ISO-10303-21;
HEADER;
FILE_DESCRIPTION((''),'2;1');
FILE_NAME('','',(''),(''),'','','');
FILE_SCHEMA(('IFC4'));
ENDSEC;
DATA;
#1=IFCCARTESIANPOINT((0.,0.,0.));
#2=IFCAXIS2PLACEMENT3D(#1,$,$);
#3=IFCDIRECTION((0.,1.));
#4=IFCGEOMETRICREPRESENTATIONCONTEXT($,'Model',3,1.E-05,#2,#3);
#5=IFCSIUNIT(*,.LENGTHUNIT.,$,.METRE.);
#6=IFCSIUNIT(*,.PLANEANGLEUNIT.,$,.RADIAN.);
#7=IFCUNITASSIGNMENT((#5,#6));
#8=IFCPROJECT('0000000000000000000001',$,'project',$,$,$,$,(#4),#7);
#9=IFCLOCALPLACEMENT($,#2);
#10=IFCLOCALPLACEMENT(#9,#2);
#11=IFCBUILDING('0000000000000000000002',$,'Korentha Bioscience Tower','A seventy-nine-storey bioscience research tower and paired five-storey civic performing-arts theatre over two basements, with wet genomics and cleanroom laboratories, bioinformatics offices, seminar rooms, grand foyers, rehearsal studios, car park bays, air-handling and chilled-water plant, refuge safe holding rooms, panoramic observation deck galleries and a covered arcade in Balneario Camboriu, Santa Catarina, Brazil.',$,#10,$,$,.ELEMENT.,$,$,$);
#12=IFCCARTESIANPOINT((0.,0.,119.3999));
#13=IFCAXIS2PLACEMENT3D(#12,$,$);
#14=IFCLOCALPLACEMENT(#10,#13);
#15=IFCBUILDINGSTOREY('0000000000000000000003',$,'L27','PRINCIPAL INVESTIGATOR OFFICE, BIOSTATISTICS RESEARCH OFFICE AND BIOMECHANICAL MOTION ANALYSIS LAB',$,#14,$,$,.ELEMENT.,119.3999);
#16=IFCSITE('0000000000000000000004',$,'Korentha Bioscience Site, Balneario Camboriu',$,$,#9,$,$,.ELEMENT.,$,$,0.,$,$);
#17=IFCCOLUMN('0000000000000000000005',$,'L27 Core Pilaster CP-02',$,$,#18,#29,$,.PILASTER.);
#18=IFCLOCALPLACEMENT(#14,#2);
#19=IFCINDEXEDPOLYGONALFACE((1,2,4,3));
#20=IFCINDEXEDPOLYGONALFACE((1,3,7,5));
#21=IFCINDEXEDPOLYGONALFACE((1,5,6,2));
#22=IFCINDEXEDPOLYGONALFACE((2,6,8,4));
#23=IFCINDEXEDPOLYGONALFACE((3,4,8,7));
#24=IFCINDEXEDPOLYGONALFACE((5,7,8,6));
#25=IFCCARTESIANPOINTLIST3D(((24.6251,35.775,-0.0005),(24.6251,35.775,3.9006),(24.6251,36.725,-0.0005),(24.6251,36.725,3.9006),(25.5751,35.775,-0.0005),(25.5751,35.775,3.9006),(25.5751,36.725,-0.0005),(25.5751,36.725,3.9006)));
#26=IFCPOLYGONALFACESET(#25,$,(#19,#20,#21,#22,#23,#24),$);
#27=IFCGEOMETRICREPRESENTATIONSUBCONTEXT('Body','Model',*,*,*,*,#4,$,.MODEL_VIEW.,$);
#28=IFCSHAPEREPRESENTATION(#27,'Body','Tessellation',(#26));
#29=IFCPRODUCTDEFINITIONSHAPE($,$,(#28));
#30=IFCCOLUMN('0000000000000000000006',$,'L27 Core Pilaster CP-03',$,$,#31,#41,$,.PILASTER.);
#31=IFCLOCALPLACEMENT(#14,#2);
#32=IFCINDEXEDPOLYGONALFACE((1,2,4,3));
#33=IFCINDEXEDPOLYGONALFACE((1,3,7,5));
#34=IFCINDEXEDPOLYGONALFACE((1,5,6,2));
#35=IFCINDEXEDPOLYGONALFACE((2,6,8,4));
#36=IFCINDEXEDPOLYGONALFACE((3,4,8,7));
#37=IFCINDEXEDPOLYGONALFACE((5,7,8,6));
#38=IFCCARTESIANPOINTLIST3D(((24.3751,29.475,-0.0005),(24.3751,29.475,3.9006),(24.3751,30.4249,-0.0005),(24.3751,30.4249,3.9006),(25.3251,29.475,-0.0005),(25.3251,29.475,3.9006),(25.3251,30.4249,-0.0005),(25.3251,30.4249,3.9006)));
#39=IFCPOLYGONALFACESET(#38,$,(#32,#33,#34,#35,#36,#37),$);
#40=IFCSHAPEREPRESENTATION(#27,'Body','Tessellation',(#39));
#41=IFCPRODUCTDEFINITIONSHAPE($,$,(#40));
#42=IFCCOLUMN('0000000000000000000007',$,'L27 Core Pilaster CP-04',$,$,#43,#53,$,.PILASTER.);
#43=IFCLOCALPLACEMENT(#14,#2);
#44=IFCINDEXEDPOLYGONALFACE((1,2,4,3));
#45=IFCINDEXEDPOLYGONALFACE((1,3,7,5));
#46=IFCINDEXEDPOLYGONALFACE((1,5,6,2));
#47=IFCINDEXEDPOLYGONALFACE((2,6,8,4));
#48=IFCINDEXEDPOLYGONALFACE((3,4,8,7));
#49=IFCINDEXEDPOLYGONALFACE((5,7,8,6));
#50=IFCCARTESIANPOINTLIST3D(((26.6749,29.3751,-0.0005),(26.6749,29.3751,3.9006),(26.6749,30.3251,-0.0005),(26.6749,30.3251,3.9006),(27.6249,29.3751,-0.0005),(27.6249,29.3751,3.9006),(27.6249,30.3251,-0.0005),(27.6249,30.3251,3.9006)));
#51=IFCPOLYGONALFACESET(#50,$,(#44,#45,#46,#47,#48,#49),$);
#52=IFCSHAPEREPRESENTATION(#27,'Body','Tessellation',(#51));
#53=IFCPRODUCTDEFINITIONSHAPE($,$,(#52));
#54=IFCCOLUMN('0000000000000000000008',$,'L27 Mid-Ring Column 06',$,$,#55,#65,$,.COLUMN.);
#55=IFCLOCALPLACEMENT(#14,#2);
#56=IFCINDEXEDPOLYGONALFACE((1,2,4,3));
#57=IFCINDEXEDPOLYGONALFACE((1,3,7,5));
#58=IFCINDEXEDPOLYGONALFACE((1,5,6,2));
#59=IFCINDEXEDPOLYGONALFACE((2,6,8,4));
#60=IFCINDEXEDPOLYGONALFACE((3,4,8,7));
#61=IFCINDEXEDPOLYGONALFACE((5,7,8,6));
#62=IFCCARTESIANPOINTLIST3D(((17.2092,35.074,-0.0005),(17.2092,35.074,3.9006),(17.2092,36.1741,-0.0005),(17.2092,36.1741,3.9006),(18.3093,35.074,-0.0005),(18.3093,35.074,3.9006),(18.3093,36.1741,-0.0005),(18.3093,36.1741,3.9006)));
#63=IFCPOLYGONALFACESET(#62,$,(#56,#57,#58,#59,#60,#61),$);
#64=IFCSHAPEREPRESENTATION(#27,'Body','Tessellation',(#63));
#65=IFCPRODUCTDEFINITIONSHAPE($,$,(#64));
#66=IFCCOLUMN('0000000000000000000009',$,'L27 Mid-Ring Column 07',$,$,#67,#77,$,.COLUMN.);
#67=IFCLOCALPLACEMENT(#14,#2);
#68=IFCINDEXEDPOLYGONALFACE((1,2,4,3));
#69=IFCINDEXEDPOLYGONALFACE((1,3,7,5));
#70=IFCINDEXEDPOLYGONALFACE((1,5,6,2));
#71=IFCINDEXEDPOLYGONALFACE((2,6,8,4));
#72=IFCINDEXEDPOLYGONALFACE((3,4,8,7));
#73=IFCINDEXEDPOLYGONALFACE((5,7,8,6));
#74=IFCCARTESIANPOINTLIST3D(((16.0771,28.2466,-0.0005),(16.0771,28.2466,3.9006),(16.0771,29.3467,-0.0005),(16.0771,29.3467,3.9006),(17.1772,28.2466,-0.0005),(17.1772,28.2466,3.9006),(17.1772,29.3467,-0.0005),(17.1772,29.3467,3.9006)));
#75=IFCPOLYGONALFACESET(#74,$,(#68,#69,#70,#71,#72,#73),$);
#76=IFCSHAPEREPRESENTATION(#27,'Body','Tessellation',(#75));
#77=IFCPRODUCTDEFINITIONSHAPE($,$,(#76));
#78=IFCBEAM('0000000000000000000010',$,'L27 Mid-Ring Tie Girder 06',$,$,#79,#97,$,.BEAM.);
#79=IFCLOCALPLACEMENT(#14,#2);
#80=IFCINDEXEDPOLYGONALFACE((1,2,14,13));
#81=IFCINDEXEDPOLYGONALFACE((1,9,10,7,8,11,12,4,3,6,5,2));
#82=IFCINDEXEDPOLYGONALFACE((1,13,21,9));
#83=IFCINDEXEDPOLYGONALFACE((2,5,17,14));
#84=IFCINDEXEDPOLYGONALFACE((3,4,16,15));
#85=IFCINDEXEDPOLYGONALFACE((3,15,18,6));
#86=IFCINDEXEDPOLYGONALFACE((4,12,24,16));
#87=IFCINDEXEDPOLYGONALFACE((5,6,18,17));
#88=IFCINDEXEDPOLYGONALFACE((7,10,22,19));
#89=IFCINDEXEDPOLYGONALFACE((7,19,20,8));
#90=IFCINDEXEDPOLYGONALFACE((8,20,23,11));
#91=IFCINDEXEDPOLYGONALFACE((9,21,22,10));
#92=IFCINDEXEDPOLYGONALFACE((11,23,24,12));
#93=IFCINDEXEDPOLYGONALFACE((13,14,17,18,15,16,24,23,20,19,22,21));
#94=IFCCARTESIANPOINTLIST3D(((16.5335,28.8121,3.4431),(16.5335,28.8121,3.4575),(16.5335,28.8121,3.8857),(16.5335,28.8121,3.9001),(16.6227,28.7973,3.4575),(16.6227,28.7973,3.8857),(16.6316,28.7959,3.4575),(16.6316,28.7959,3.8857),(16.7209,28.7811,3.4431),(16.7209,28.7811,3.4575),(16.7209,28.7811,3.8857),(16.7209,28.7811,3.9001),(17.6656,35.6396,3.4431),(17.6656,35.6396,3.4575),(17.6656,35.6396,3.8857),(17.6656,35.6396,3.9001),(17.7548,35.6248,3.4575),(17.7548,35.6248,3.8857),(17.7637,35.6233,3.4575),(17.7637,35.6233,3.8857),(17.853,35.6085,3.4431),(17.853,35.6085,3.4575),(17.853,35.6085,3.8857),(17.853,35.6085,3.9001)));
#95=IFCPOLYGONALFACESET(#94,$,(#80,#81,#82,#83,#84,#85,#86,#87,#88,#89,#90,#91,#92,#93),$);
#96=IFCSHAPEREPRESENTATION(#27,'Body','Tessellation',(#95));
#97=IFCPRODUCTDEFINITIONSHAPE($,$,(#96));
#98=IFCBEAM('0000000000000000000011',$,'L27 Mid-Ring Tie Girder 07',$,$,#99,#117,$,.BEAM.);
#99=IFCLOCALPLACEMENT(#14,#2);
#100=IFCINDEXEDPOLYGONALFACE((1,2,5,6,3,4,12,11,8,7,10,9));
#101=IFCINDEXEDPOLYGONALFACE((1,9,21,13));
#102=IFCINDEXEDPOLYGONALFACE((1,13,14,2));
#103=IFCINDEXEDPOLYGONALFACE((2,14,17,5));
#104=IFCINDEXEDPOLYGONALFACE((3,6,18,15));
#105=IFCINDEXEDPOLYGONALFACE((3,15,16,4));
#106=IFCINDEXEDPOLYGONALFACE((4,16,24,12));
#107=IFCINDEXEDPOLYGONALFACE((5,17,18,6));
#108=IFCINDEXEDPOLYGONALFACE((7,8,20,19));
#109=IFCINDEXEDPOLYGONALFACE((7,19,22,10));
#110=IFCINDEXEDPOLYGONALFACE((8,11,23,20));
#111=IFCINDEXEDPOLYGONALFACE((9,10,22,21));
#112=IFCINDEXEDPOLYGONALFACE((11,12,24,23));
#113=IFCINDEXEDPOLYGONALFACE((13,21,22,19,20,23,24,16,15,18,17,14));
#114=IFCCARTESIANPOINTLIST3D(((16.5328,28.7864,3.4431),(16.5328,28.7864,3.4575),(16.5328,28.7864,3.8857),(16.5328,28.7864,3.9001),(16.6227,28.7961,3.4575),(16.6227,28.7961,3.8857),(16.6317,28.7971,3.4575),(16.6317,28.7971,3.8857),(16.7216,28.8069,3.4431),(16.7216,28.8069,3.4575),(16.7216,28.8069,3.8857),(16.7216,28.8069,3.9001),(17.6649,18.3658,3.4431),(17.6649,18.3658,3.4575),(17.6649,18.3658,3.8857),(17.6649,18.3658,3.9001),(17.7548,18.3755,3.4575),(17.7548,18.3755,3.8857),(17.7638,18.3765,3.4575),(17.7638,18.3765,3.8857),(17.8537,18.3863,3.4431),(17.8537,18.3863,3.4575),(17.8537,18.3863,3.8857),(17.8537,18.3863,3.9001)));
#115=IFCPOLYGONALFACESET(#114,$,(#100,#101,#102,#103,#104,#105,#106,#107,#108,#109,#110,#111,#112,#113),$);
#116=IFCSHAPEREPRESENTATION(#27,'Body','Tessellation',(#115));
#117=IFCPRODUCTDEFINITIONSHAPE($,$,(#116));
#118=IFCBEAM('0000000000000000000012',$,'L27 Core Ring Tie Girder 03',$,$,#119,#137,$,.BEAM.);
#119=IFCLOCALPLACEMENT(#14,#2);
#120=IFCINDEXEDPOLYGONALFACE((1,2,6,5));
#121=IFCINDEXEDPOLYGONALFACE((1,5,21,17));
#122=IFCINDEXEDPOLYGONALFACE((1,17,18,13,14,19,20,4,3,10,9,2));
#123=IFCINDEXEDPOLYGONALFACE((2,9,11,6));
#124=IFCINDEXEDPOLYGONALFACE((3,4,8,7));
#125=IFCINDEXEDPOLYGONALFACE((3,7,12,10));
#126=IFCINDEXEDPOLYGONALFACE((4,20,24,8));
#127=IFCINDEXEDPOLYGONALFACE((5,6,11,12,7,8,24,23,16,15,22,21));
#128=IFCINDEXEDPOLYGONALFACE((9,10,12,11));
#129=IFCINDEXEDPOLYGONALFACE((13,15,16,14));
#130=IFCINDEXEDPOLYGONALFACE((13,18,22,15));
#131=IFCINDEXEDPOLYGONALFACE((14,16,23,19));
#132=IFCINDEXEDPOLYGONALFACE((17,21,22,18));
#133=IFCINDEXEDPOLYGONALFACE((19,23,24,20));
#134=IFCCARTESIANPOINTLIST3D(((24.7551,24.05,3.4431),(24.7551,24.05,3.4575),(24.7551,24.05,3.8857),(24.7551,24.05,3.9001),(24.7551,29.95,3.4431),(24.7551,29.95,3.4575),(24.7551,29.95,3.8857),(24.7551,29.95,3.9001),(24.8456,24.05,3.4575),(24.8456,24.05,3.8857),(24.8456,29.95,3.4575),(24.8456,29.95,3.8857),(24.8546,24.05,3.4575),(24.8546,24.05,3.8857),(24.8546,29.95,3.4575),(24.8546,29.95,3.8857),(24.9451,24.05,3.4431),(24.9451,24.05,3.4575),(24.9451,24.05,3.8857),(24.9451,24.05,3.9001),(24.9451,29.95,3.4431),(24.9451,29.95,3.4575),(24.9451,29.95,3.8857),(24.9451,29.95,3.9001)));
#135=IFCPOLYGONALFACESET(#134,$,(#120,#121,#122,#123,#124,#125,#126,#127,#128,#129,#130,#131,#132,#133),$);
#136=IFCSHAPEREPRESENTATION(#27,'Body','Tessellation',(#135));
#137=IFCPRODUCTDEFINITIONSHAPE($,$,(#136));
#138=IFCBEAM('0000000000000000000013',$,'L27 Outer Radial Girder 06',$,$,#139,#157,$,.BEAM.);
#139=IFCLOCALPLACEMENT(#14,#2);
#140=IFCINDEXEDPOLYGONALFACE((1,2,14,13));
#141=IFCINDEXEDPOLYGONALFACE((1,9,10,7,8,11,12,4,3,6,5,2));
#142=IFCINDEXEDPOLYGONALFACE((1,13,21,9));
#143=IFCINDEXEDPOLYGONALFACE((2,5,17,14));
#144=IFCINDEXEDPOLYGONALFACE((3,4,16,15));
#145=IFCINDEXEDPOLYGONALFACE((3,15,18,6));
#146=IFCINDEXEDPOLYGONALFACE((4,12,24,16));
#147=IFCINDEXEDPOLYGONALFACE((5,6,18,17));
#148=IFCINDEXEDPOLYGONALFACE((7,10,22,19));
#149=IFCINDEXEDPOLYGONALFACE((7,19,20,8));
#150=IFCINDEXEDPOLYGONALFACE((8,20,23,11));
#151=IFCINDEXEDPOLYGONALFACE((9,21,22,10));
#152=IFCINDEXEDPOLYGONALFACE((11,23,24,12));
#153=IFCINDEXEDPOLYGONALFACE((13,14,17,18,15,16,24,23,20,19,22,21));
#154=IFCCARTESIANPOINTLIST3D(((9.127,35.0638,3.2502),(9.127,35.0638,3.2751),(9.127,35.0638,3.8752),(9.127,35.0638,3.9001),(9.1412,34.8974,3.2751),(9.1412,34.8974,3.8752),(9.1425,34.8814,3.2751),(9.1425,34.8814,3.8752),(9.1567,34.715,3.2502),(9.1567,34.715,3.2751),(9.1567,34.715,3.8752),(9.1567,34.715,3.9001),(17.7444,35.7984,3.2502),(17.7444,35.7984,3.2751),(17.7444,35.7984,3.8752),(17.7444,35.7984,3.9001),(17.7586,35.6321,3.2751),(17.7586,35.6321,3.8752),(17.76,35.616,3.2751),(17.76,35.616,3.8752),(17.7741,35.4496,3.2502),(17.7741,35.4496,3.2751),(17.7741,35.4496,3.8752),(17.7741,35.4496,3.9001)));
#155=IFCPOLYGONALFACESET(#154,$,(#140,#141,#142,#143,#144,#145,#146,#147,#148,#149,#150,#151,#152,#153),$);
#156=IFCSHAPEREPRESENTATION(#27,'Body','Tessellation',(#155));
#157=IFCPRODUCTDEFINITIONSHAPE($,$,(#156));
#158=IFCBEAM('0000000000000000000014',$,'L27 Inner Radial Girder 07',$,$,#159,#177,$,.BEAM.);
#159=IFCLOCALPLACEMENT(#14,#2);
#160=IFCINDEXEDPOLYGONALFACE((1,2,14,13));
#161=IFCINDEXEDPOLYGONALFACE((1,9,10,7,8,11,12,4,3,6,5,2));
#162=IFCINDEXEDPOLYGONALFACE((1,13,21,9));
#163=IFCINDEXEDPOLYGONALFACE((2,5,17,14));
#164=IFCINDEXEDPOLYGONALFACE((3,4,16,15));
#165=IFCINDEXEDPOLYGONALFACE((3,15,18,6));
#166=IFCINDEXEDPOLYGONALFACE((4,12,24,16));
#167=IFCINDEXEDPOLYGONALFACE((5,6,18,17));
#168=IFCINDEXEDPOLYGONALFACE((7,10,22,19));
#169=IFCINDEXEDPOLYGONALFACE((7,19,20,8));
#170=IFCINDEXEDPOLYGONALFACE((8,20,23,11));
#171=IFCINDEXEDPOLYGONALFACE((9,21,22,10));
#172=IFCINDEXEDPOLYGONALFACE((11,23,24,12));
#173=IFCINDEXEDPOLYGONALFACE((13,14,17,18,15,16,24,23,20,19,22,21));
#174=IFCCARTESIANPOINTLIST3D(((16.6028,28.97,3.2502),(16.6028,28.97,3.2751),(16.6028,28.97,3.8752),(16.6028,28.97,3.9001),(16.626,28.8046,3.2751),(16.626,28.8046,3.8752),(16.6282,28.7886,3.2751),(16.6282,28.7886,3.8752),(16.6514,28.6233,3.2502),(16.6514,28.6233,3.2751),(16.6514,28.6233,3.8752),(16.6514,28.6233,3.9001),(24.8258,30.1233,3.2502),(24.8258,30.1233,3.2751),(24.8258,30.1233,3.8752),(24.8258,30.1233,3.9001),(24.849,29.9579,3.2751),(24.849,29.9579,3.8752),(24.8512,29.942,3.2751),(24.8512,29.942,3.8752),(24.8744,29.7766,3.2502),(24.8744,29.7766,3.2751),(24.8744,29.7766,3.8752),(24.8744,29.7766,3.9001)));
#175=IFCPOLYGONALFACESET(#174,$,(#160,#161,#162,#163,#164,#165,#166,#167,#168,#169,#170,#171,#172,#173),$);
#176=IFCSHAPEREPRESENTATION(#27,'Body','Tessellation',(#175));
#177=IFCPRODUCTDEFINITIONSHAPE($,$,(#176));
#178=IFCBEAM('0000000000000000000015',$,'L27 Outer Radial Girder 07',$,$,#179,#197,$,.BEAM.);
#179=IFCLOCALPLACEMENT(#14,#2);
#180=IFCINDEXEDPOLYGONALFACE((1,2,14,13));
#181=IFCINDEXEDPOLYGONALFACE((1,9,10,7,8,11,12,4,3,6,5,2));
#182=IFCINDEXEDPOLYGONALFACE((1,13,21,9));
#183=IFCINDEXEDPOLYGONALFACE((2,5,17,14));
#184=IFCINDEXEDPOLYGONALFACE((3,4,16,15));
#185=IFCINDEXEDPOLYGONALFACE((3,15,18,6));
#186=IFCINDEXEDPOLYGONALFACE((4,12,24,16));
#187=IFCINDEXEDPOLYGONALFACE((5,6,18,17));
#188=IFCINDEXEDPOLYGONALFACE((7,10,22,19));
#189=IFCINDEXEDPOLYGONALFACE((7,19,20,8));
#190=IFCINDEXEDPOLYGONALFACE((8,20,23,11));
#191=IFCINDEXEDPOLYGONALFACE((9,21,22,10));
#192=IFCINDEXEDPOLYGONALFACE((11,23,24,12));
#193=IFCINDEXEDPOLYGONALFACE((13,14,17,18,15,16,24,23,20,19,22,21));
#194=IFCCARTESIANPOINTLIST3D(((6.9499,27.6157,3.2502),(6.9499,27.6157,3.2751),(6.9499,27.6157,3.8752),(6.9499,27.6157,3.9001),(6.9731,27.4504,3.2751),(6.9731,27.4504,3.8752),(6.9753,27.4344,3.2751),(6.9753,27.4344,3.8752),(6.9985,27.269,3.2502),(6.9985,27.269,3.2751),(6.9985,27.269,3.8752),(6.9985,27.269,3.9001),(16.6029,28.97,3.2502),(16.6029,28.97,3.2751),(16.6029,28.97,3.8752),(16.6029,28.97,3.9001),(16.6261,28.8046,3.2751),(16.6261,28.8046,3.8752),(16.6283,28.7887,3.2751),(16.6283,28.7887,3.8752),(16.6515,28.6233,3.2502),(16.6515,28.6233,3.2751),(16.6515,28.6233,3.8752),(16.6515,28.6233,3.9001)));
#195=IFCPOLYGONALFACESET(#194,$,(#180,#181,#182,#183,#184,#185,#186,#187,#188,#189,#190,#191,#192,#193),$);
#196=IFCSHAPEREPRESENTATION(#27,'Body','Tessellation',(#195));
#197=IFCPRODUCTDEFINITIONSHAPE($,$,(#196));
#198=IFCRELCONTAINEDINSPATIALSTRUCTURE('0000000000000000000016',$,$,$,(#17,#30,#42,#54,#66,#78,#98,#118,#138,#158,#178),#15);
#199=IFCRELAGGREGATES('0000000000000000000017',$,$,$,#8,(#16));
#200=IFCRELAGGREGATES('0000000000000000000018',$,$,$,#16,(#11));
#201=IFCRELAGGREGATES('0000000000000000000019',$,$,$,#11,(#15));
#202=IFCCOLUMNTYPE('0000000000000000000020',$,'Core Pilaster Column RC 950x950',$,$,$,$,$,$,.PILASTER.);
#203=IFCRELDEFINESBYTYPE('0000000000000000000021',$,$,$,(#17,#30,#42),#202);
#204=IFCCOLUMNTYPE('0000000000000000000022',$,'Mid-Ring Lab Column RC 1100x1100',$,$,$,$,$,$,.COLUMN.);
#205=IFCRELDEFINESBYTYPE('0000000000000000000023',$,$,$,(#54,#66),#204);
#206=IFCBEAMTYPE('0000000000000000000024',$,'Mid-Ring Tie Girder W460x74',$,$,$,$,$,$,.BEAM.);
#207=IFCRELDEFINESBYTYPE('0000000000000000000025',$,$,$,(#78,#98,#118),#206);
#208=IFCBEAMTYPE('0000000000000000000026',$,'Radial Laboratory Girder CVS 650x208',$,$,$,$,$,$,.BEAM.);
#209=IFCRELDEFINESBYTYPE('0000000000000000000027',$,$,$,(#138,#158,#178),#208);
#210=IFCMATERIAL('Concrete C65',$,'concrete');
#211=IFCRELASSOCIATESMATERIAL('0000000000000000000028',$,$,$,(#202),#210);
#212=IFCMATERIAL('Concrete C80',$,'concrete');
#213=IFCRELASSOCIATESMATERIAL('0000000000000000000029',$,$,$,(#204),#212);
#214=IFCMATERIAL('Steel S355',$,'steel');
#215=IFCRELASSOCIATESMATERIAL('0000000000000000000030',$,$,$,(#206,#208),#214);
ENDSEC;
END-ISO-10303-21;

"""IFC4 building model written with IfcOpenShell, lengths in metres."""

from ifc_helpers import new_model, si_unit, direction, frame, origin, origin_2d, place, context, subcontext, project, spatial, rectangle, i_section, extrude, material, material_profile, profile_set, type_object, element, save


model = new_model("IFC4")

# Units and contexts
model_context = context("Model", 3, precision=1e-05, world=origin(), true_north=direction((0.0, 1.0)))
body_context = subcontext(model_context, "Body", "Model", "MODEL_VIEW")
ifc_project = project(units=[si_unit("LENGTHUNIT", "METRE"), si_unit("PLANEANGLEUNIT", "RADIAN")], contexts=[model_context])

# Site, building, storey
site_placement = place(None, origin())
site = spatial("IfcSite", under=ifc_project, at=site_placement, Name="Korentha Bioscience Site, Balneario Camboriu", CompositionType="ELEMENT", RefElevation=0.0)
building_placement = place(site_placement, origin())
building = spatial("IfcBuilding", under=site, at=building_placement, Name="Korentha Bioscience Tower", Description="A seventy-nine-storey bioscience research tower and paired five-storey civic performing-arts theatre over two basements, with wet genomics and cleanroom laboratories, bioinformatics offices, seminar rooms, grand foyers, rehearsal studios, car park bays, air-handling and chilled-water plant, refuge safe holding rooms, panoramic observation deck galleries and a covered arcade in Balneario Camboriu, Santa Catarina, Brazil.", CompositionType="ELEMENT")
storey_placement = place(building_placement, frame((0.0, 0.0, 119.3999)))
storey = spatial("IfcBuildingStorey", under=building, at=storey_placement, Name="L27", Description="PRINCIPAL INVESTIGATOR OFFICE, BIOSTATISTICS RESEARCH OFFICE AND BIOMECHANICAL MOTION ANALYSIS LAB", CompositionType="ELEMENT", Elevation=119.3999)

# Columns
ifc_material_1 = material(Name="Concrete C65", Category="concrete")
ifc_material_profile_1 = material_profile(ifc_material_1, rectangle(XDim=0.95, YDim=0.95, at=origin_2d()), Name="Concrete C65")
ifc_profile_set_1 = profile_set([ifc_material_profile_1], Name="Concrete C65 (COL-CP09)")
column_type_1 = type_object("IfcColumnType", Name="Core Pilaster Column RC 950x950", PredefinedType="PILASTER", material=ifc_profile_set_1)
for number, where, z_axis, x_axis, name in (
    (1, (25.1001, 36.25, -0.0005), (0.0, 0.0, 1.0), (1.0, 0.0, 0.0), "L27 Core Pilaster CP-02"),
    (2, (24.8501, 29.95, -0.0005), (0.0, 0.0, 1.0), (1.0, 0.0, 0.0), "L27 Core Pilaster CP-03"),
    (3, (27.1499, 29.8501, -0.0005), (0.0, 0.0, 1.0), (1.0, 0.0, 0.0), "L27 Core Pilaster CP-04"),
):
    element("IfcColumn", number, at=place(storey_placement, frame(where, z_axis=z_axis, x_axis=x_axis)), inside=storey, type_object=column_type_1, Name=name, PredefinedType="PILASTER", context=body_context, shape_type="SweptSolid", body=[
        extrude(rectangle(XDim=0.95, YDim=0.95, at=origin_2d()), origin(), (0.0, 0.0, 1.0), 3.9011),
    ])
ifc_material_2 = material(Name="Concrete C80", Category="concrete")
ifc_material_profile_2 = material_profile(ifc_material_2, rectangle(XDim=1.1001, YDim=1.1001, at=origin_2d()), Name="Concrete C80")
ifc_profile_set_2 = profile_set([ifc_material_profile_2], Name="Concrete C80 (COL-MR11)")
column_type_2 = type_object("IfcColumnType", Name="Mid-Ring Lab Column RC 1100x1100", PredefinedType="COLUMN", material=ifc_profile_set_2)
for number, where, z_axis, x_axis, name in (
    (4, (17.7593, 35.624, -0.0005), (0.0, 0.0, 1.0), (1.0, 0.0, 0.0), "L27 Mid-Ring Column 06"),
    (5, (16.6272, 28.7966, -0.0005), (0.0, 0.0, 1.0), (1.0, 0.0, 0.0), "L27 Mid-Ring Column 07"),
):
    element("IfcColumn", number, at=place(storey_placement, frame(where, z_axis=z_axis, x_axis=x_axis)), inside=storey, type_object=column_type_2, Name=name, PredefinedType="COLUMN", context=body_context, shape_type="SweptSolid", body=[
        extrude(rectangle(XDim=1.1001, YDim=1.1001, at=origin_2d()), origin(), (0.0, 0.0, 1.0), 3.9011),
    ])

# Beams
ifc_material_3 = material(Name="Steel S355", Category="steel")
ifc_material_profile_3 = material_profile(ifc_material_3, i_section(OverallWidth=0.1899, OverallDepth=0.457, WebThickness=0.009, FlangeThickness=0.0144, at=origin_2d()), Name="Steel S355")
ifc_profile_set_3 = profile_set([ifc_material_profile_3], Name="Steel S355 (MB-460)")
beam_type_1 = type_object("IfcBeamType", Name="Mid-Ring Tie Girder W460x74", PredefinedType="BEAM", material=ifc_profile_set_3)
beam_1_placement = place(storey_placement, frame((17.7593, 35.624, 3.6716), z_axis=(-0.163581, -0.98653, 0.0), x_axis=(0.98653, -0.163581, 0.0)))
element("IfcBeam", 6, at=beam_1_placement, inside=storey, type_object=beam_type_1, Name="L27 Mid-Ring Tie Girder 06", PredefinedType="BEAM", context=body_context, shape_type="SweptSolid", body=[
    extrude(i_section(OverallWidth=0.1899, OverallDepth=0.457, WebThickness=0.009, FlangeThickness=0.0144, at=origin_2d()), origin(), (0.0, 0.0, 1.0), 6.9207),
])
beam_2_placement = place(storey_placement, frame((16.6272, 28.7966, 3.6716), z_axis=(0.108003, -0.994151, 0.0), x_axis=(0.994151, 0.108003, 0.0)))
element("IfcBeam", 7, at=beam_2_placement, inside=storey, type_object=beam_type_1, Name="L27 Mid-Ring Tie Girder 07", PredefinedType="BEAM", context=body_context, shape_type="SweptSolid", body=[
    extrude(i_section(OverallWidth=0.1899, OverallDepth=0.457, WebThickness=0.009, FlangeThickness=0.0144, at=origin_2d()), origin(), (0.0, 0.0, 1.0), 10.4819),
])
beam_3_placement = place(storey_placement, frame((24.8501, 29.95, 3.6716), z_axis=(0.0, -1.0, 0.0), x_axis=(1.0, 0.0, 0.0)))
element("IfcBeam", 8, at=beam_3_placement, inside=storey, type_object=beam_type_1, Name="L27 Core Ring Tie Girder 03", PredefinedType="BEAM", context=body_context, shape_type="SweptSolid", body=[
    extrude(i_section(OverallWidth=0.1899, OverallDepth=0.457, WebThickness=0.009, FlangeThickness=0.0144, at=origin_2d()), origin(), (0.0, 0.0, 1.0), 5.8999),
])
ifc_material_profile_4 = material_profile(ifc_material_3, i_section(OverallWidth=0.3501, OverallDepth=0.6499, WebThickness=0.0161, FlangeThickness=0.0249, at=origin_2d()), Name="Steel S355")
ifc_profile_set_4 = profile_set([ifc_material_profile_4], Name="Steel S355 (RB-650)")
beam_type_2 = type_object("IfcBeamType", Name="Radial Laboratory Girder CVS 650x208", PredefinedType="BEAM", material=ifc_profile_set_4)
beam_4_placement = place(storey_placement, frame((17.7593, 35.624, 3.5752), z_axis=(-0.996386, -0.08494, 0.0), x_axis=(0.08494, -0.996386, 0.0)))
element("IfcBeam", 9, at=beam_4_placement, inside=storey, type_object=beam_type_2, Name="L27 Outer Radial Girder 06", PredefinedType="BEAM", context=body_context, shape_type="SweptSolid", body=[
    extrude(i_section(OverallWidth=0.3501, OverallDepth=0.6499, WebThickness=0.0161, FlangeThickness=0.0249, at=origin_2d()), origin(), (0.0, 0.0, 1.0), 8.6487),
])
beam_5_placement = place(storey_placement, frame((24.8501, 29.95, 3.5752), z_axis=(-0.990307, -0.138898, 0.0), x_axis=(0.138898, -0.990307, 0.0)))
element("IfcBeam", 10, at=beam_5_placement, inside=storey, type_object=beam_type_2, Name="L27 Inner Radial Girder 07", PredefinedType="BEAM", context=body_context, shape_type="SweptSolid", body=[
    extrude(i_section(OverallWidth=0.3501, OverallDepth=0.6499, WebThickness=0.0161, FlangeThickness=0.0249, at=origin_2d()), origin(), (0.0, 0.0, 1.0), 8.3035),
])
beam_6_placement = place(storey_placement, frame((16.6272, 28.7966, 3.5752), z_axis=(-0.990302, -0.138931, 0.0), x_axis=(0.138931, -0.990302, 0.0)))
element("IfcBeam", 11, at=beam_6_placement, inside=storey, type_object=beam_type_2, Name="L27 Outer Radial Girder 07", PredefinedType="BEAM", context=body_context, shape_type="SweptSolid", body=[
    extrude(i_section(OverallWidth=0.3501, OverallDepth=0.6499, WebThickness=0.0161, FlangeThickness=0.0249, at=origin_2d()), origin(), (0.0, 0.0, 1.0), 9.7476),
])

save(model, "model.ifc")
